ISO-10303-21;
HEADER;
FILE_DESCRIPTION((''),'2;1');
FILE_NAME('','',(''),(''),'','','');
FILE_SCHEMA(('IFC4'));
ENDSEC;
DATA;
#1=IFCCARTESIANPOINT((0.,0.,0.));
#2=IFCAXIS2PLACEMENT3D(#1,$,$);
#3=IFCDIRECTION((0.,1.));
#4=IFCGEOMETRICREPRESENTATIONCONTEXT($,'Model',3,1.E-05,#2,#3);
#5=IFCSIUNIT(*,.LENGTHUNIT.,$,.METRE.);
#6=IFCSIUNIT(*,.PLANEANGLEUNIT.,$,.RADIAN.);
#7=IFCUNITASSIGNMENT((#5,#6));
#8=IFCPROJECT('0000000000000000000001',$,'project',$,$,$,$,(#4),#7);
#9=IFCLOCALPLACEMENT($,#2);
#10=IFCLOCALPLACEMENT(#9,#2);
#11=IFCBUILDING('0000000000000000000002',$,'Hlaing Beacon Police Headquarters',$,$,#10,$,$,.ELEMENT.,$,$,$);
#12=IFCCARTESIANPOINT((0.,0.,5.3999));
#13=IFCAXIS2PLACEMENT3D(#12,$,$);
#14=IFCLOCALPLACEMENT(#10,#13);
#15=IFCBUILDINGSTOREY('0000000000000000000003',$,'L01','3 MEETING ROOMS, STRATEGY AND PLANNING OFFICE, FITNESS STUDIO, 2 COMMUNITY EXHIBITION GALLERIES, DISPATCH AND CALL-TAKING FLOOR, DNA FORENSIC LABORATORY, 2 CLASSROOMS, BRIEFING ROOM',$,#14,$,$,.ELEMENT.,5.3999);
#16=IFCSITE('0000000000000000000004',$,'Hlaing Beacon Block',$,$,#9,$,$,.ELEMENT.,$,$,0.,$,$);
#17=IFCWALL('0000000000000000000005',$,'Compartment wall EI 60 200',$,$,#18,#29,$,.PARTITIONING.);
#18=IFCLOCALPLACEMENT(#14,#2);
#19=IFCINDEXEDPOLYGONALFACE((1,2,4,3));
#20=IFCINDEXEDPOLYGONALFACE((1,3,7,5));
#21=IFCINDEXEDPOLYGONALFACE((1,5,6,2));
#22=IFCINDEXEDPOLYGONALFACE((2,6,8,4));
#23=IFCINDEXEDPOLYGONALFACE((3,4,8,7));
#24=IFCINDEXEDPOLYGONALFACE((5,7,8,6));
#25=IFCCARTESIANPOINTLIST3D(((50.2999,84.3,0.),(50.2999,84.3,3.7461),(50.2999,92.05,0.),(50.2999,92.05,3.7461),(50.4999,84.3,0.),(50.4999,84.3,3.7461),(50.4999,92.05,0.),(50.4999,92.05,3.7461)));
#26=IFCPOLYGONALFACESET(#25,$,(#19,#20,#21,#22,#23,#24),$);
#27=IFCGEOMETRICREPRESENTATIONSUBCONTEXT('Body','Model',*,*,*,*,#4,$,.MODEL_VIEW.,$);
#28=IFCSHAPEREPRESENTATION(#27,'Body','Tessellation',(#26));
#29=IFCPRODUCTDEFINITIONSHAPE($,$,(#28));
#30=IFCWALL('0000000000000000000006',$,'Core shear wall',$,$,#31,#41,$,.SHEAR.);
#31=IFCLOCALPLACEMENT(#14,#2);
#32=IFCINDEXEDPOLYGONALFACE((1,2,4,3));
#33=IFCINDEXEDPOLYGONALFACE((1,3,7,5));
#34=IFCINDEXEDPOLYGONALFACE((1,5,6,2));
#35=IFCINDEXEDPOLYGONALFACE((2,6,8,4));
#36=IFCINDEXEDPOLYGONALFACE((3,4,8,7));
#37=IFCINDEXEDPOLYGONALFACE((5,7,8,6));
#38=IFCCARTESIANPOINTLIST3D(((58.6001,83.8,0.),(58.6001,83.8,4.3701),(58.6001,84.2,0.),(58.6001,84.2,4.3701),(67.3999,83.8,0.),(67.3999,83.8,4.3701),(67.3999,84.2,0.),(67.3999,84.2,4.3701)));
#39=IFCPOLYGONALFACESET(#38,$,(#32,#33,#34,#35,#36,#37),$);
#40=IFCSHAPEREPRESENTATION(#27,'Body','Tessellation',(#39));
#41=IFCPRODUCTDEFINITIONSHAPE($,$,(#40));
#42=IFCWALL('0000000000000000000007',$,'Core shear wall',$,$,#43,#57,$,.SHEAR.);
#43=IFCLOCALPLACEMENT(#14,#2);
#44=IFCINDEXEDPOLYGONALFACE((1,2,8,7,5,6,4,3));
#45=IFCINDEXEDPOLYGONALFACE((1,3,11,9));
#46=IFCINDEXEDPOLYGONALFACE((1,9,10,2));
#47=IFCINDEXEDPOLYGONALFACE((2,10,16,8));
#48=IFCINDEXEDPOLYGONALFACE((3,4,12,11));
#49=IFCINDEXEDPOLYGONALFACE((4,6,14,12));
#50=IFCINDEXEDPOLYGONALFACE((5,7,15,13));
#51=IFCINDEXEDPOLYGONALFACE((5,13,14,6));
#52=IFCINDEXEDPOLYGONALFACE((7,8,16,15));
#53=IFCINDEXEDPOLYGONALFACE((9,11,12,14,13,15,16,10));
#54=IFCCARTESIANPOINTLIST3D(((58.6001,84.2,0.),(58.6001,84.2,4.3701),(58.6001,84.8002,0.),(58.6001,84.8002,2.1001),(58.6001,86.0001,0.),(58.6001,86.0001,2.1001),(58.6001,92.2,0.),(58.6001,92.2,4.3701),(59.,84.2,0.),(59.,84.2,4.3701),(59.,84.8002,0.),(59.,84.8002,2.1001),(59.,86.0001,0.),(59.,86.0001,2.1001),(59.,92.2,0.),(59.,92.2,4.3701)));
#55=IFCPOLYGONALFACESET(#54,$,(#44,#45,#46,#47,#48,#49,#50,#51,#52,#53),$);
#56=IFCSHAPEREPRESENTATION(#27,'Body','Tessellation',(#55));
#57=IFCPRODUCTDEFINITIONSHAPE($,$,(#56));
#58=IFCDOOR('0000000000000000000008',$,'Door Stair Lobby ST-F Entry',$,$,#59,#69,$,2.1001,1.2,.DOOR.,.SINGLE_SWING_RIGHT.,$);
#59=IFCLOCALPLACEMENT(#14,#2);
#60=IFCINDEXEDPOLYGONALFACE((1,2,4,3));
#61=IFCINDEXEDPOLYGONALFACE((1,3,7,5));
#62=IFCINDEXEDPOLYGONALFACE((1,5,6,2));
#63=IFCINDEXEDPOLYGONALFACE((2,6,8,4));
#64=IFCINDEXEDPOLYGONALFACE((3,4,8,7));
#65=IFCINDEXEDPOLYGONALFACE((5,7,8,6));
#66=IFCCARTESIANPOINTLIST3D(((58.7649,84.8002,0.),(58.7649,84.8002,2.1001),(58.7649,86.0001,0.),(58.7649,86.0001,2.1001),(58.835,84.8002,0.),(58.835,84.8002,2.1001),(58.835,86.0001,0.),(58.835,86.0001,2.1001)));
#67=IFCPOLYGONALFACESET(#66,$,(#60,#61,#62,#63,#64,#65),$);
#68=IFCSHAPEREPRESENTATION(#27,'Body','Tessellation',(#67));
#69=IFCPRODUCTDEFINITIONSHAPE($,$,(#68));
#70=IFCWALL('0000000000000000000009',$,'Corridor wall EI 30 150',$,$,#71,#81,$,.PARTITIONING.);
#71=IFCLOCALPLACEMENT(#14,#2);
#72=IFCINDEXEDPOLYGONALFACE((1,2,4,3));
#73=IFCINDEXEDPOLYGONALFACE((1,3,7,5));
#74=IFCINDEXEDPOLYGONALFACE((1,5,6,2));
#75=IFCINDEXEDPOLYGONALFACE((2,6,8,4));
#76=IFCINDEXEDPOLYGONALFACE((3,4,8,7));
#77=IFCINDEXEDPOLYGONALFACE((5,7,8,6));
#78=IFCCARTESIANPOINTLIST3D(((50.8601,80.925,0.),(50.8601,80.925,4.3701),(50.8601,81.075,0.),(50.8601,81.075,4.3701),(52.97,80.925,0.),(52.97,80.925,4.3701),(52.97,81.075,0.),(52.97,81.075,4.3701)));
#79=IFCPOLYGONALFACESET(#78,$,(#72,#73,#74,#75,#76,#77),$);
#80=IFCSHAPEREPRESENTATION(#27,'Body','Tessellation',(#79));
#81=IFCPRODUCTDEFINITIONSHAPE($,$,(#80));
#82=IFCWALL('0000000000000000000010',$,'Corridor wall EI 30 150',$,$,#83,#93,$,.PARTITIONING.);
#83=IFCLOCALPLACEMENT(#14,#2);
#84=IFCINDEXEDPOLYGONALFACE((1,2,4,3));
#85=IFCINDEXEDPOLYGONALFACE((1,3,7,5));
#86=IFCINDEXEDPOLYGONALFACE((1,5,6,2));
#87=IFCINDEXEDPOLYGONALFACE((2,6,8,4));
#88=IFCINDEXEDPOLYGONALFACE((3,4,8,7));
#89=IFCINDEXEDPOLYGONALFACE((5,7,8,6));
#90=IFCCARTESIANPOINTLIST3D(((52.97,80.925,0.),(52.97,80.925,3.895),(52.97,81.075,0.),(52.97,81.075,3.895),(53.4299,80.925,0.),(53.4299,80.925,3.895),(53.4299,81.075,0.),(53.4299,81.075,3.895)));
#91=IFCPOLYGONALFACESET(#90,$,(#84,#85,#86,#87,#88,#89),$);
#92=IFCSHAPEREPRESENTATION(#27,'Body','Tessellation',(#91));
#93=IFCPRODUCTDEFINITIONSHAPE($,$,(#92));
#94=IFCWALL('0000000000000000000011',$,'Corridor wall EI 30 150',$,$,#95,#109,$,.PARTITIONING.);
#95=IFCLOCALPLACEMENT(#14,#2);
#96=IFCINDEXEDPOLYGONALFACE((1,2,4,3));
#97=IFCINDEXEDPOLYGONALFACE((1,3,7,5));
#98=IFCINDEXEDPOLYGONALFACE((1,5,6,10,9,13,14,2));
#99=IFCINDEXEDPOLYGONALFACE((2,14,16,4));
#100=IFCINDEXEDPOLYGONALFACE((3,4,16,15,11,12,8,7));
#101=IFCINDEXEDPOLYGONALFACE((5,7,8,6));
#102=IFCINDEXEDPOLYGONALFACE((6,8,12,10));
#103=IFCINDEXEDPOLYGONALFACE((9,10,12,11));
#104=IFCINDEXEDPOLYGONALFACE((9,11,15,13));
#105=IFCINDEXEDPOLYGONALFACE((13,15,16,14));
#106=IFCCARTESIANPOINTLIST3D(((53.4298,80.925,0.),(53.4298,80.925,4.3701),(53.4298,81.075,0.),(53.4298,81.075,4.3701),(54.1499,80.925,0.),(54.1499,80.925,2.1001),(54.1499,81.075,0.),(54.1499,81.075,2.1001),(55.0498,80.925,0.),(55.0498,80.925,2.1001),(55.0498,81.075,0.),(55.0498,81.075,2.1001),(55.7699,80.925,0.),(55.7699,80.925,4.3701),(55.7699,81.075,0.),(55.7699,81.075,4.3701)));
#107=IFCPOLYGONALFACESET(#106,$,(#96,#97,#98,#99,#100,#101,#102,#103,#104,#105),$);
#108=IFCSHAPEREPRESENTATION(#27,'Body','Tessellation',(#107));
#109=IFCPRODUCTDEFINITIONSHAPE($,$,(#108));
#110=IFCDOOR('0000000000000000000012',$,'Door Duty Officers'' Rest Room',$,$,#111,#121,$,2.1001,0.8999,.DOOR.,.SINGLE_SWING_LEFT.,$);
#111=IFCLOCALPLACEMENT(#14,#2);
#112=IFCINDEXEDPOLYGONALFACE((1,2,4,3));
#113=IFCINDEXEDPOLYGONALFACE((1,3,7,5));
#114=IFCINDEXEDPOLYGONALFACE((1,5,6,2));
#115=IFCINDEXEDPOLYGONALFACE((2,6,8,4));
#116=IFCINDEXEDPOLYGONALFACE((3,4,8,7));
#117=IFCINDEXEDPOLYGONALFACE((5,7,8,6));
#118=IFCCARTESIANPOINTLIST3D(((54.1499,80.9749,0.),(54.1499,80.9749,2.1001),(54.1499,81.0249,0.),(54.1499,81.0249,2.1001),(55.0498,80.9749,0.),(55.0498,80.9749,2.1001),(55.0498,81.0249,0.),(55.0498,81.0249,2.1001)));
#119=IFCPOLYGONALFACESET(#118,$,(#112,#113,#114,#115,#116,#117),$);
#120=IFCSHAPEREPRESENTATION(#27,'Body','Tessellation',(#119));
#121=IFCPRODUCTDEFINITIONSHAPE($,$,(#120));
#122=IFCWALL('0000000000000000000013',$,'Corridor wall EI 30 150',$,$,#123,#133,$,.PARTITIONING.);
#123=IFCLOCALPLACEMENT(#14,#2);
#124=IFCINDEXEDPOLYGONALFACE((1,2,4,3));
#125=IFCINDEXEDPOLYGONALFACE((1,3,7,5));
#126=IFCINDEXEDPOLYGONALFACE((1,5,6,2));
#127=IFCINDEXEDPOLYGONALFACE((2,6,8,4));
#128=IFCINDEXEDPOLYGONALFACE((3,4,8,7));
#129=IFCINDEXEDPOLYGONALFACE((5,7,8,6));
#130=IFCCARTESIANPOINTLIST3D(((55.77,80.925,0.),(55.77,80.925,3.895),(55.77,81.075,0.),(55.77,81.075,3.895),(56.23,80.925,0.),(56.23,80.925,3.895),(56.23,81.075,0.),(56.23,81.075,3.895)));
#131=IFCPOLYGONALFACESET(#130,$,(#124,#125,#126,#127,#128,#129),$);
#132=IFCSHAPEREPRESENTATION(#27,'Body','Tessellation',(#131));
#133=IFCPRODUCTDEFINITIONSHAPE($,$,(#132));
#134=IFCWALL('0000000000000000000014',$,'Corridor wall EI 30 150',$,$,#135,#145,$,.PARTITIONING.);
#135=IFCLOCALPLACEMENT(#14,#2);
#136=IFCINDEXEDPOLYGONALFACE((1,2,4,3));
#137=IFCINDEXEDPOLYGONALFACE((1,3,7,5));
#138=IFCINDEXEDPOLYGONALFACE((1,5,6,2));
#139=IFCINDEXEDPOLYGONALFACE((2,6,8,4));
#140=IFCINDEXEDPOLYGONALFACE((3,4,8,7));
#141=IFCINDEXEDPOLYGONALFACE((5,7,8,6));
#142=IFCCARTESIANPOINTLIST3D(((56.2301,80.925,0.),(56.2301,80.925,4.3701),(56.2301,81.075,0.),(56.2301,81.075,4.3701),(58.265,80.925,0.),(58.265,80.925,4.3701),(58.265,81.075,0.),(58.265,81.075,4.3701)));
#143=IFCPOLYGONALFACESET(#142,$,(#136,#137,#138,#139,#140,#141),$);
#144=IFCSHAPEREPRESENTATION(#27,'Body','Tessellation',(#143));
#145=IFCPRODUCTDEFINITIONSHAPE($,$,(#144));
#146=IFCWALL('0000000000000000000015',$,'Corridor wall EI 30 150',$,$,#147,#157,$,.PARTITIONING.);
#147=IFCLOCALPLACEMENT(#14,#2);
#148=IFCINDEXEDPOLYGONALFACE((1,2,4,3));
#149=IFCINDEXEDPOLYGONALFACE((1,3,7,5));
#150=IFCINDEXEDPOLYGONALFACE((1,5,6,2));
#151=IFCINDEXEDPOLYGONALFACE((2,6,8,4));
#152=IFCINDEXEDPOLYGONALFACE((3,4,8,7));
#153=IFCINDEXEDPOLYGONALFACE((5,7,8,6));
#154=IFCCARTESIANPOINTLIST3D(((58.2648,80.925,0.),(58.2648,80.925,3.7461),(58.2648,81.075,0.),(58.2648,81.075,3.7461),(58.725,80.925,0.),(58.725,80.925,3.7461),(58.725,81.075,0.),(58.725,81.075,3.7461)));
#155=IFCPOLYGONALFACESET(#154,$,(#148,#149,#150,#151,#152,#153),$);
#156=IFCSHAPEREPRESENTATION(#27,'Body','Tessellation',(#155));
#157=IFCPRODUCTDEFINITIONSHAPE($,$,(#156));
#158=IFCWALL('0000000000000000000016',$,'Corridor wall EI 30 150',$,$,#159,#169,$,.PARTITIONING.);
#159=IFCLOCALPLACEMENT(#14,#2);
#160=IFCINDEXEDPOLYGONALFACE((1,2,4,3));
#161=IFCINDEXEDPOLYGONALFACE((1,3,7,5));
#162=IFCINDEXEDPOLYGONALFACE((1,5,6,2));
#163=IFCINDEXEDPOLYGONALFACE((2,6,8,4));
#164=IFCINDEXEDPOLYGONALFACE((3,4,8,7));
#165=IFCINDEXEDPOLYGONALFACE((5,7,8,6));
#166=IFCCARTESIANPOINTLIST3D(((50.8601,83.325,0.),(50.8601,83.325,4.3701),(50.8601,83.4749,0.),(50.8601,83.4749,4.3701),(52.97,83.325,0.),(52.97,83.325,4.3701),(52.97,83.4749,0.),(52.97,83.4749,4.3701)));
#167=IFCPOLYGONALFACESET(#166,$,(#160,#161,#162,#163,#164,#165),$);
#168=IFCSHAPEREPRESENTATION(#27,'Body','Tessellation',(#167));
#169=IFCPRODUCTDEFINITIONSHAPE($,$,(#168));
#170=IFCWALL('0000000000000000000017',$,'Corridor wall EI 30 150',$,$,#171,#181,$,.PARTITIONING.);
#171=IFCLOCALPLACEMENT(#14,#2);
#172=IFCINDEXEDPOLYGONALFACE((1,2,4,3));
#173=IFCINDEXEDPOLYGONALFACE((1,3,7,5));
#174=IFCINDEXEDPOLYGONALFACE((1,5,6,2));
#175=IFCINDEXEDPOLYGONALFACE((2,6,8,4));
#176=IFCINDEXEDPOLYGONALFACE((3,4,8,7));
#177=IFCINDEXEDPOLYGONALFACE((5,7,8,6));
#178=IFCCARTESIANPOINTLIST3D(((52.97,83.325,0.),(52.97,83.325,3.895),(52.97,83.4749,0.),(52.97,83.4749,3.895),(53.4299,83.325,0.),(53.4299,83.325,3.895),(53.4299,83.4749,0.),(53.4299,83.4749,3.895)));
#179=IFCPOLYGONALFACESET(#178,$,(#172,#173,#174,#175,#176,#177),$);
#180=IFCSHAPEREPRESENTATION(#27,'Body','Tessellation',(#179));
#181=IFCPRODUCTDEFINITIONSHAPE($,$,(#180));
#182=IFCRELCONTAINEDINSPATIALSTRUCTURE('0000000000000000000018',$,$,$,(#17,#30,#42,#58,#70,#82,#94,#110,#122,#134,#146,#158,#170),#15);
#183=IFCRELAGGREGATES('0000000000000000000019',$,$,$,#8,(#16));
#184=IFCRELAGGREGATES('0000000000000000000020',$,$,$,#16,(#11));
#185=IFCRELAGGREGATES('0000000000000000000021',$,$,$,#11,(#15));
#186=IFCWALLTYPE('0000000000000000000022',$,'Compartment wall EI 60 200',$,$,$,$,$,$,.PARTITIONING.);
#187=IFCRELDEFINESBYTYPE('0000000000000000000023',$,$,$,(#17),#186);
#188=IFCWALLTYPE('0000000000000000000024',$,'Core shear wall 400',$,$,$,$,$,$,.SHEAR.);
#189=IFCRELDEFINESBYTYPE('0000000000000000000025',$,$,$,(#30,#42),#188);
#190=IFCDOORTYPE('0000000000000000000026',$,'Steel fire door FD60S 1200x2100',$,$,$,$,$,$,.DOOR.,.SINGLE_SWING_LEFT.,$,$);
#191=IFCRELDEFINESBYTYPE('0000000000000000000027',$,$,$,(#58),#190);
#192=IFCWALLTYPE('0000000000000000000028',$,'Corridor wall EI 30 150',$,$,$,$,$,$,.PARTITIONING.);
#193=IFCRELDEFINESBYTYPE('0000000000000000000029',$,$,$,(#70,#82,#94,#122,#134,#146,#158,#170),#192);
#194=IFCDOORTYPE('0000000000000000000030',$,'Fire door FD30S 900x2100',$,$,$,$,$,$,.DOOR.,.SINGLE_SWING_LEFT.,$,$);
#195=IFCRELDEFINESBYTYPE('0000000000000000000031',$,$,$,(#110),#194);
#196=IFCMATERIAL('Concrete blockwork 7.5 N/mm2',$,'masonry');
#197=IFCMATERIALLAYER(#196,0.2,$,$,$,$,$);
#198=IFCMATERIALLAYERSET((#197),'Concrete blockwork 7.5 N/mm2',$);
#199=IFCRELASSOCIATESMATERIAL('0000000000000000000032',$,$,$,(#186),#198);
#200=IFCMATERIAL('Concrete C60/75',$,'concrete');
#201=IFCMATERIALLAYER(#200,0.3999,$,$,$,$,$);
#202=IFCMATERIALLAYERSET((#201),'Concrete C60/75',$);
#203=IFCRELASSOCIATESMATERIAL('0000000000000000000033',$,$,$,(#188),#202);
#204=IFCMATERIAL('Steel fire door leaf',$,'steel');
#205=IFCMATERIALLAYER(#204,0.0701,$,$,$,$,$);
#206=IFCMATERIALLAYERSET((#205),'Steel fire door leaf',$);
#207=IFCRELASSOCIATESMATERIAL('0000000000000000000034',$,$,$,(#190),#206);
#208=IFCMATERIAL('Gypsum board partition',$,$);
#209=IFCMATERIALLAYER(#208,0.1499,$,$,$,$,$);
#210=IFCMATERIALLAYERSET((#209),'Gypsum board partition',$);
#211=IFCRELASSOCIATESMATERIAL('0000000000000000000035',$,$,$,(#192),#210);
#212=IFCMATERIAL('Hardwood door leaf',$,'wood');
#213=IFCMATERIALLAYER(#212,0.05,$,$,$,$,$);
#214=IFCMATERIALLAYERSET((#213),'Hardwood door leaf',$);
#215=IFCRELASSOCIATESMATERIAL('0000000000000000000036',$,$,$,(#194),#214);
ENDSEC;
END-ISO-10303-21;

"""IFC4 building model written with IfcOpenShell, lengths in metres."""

from ifc_helpers import new_model, si_unit, direction, frame, frame_2d, origin, place, context, subcontext, project, spatial, rectangle, extrude, material, layer, layer_set, type_object, element, fill, save


model = new_model("IFC4")

# Units and contexts
model_context = context("Model", 3, precision=1e-05, world=origin(), true_north=direction((0.0, 1.0)))
body_context = subcontext(model_context, "Body", "Model", "MODEL_VIEW")
ifc_project = project(units=[si_unit("LENGTHUNIT", "METRE"), si_unit("PLANEANGLEUNIT", "RADIAN")], contexts=[model_context])

# Site, building, storey
site_placement = place(None, origin())
site = spatial("IfcSite", under=ifc_project, at=site_placement, Name="Hlaing Beacon Block", CompositionType="ELEMENT", RefElevation=0.0)
building_placement = place(site_placement, origin())
building = spatial("IfcBuilding", under=site, at=building_placement, Name="Hlaing Beacon Police Headquarters", CompositionType="ELEMENT")
storey_placement = place(building_placement, frame((0.0, 0.0, 5.3999)))
storey = spatial("IfcBuildingStorey", under=building, at=storey_placement, Name="L01", Description="3 MEETING ROOMS, STRATEGY AND PLANNING OFFICE, FITNESS STUDIO, 2 COMMUNITY EXHIBITION GALLERIES, DISPATCH AND CALL-TAKING FLOOR, DNA FORENSIC LABORATORY, 2 CLASSROOMS, BRIEFING ROOM", CompositionType="ELEMENT", Elevation=5.3999)

# Walls
ifc_material_1 = material(Name="Concrete blockwork 7.5 N/mm2", Category="masonry")
ifc_layer_1 = layer(ifc_material_1, 0.2)
ifc_layer_set_1 = layer_set([ifc_layer_1], Name="Concrete blockwork 7.5 N/mm2")
wall_type_1 = type_object("IfcWallType", Name="Compartment wall EI 60 200", PredefinedType="PARTITIONING", material=ifc_layer_set_1)
wall_1_placement = place(storey_placement, frame((50.3999, 84.3, 0.0), z_axis=(0.0, 0.0, 1.0), x_axis=(0.0, 1.0, 0.0)))
element("IfcWall", 1, at=wall_1_placement, inside=storey, type_object=wall_type_1, Name="Compartment wall EI 60 200", PredefinedType="PARTITIONING", context=body_context, shape_type="SweptSolid", body=[
    extrude(rectangle(XDim=7.75, YDim=0.2, at=frame_2d((3.875, 0.0))), origin(), (0.0, 0.0, 1.0), 3.7461),
])
ifc_material_2 = material(Name="Concrete C60/75", Category="concrete")
ifc_layer_2 = layer(ifc_material_2, 0.3999)
ifc_layer_set_2 = layer_set([ifc_layer_2], Name="Concrete C60/75")
wall_type_2 = type_object("IfcWallType", Name="Core shear wall 400", PredefinedType="SHEAR", material=ifc_layer_set_2)
wall_2_placement = place(storey_placement, frame((58.6001, 84.0, 0.0), z_axis=(0.0, 0.0, 1.0), x_axis=(1.0, 0.0, 0.0)))
element("IfcWall", 2, at=wall_2_placement, inside=storey, type_object=wall_type_2, Name="Core shear wall", PredefinedType="SHEAR", context=body_context, shape_type="SweptSolid", body=[
    extrude(rectangle(XDim=8.7998, YDim=0.3999, at=frame_2d((4.3999, 0.0))), origin(), (0.0, 0.0, 1.0), 4.3701),
])

# Wall, opening, door
wall_3_placement = place(storey_placement, frame((58.8, 84.2, 0.0), z_axis=(0.0, 0.0, 1.0), x_axis=(0.0, 1.0, 0.0)))
wall_3 = element("IfcWall", 3, at=wall_3_placement, inside=storey, type_object=wall_type_2, Name="Core shear wall", PredefinedType="SHEAR", context=body_context, shape_type="SweptSolid", body=[
    extrude(rectangle(XDim=8.0, YDim=0.3999, at=frame_2d((4.0, 0.0))), origin(), (0.0, 0.0, 1.0), 4.3701),
])
opening_1_placement = place(wall_3_placement, frame((0.6001, 0.0, 0.0)))
opening_1 = element("IfcOpeningElement", 4, at=opening_1_placement, cuts=wall_3, PredefinedType="OPENING", context=body_context, shape_type="SweptSolid", body=[
    extrude(rectangle(XDim=1.2, YDim=2.1001, at=frame_2d((0.6001, 1.05))), frame((0.0, 0.21, 0.0), z_axis=(0.0, -1.0, 0.0), x_axis=(1.0, 0.0, 0.0)), (0.0, 0.0, 1.0), 0.4199),
])
ifc_material_3 = material(Name="Steel fire door leaf", Category="steel")
ifc_layer_3 = layer(ifc_material_3, 0.0701)
ifc_layer_set_3 = layer_set([ifc_layer_3], Name="Steel fire door leaf")
door_type_1 = type_object("IfcDoorType", Name="Steel fire door FD60S 1200x2100", OperationType="SINGLE_SWING_LEFT", PredefinedType="DOOR", material=ifc_layer_set_3)
door_1_placement = place(opening_1_placement, frame((1.2, 0.0, 0.0), z_axis=(0.0, 0.0, 1.0), x_axis=(-1.0, 0.0, 0.0)))
door_1 = element("IfcDoor", 5, at=door_1_placement, inside=storey, type_object=door_type_1, Name="Door Stair Lobby ST-F Entry", OperationType="SINGLE_SWING_RIGHT", OverallHeight=2.1001, OverallWidth=1.2, PredefinedType="DOOR", context=body_context, shape_type="SweptSolid", body=[
    extrude(rectangle(XDim=1.2, YDim=2.1001, at=frame_2d((0.5999, 1.05))), frame((0.0, 0.0349, 0.0), z_axis=(0.0, -1.0, 0.0), x_axis=(1.0, 0.0, 0.0)), (0.0, 0.0, 1.0), 0.0701),
])
fill(opening_1, door_1)
ifc_material_4 = material(Name="Gypsum board partition")
ifc_layer_4 = layer(ifc_material_4, 0.1499)
ifc_layer_set_4 = layer_set([ifc_layer_4], Name="Gypsum board partition")
wall_type_3 = type_object("IfcWallType", Name="Corridor wall EI 30 150", PredefinedType="PARTITIONING", material=ifc_layer_set_4)

# Walls
wall_4_placement = place(storey_placement, frame((50.8601, 81.0, 0.0), z_axis=(0.0, 0.0, 1.0), x_axis=(1.0, 0.0, 0.0)))
element("IfcWall", 6, at=wall_4_placement, inside=storey, type_object=wall_type_3, Name="Corridor wall EI 30 150", PredefinedType="PARTITIONING", context=body_context, shape_type="SweptSolid", body=[
    extrude(rectangle(XDim=2.1099, YDim=0.1499, at=frame_2d((1.0549, 0.0))), origin(), (0.0, 0.0, 1.0), 4.3701),
])
wall_5_placement = place(storey_placement, frame((52.97, 81.0, 0.0), z_axis=(0.0, 0.0, 1.0), x_axis=(1.0, 0.0, 0.0)))
element("IfcWall", 7, at=wall_5_placement, inside=storey, type_object=wall_type_3, Name="Corridor wall EI 30 150", PredefinedType="PARTITIONING", context=body_context, shape_type="SweptSolid", body=[
    extrude(rectangle(XDim=0.46, YDim=0.1499, at=frame_2d((0.23, 0.0))), origin(), (0.0, 0.0, 1.0), 3.895),
])

# Wall, opening, door
wall_6_placement = place(storey_placement, frame((53.4299, 81.0, 0.0), z_axis=(0.0, 0.0, 1.0), x_axis=(1.0, 0.0, 0.0)))
wall_6 = element("IfcWall", 8, at=wall_6_placement, inside=storey, type_object=wall_type_3, Name="Corridor wall EI 30 150", PredefinedType="PARTITIONING", context=body_context, shape_type="SweptSolid", body=[
    extrude(rectangle(XDim=2.3401, YDim=0.1499, at=frame_2d((1.1699, 0.0))), origin(), (0.0, 0.0, 1.0), 4.3701),
])
opening_2_placement = place(wall_6_placement, frame((0.72, 0.0, 0.0)))
opening_2 = element("IfcOpeningElement", 9, at=opening_2_placement, cuts=wall_6, PredefinedType="OPENING", context=body_context, shape_type="SweptSolid", body=[
    extrude(rectangle(XDim=0.8999, YDim=2.1001, at=frame_2d((0.45, 1.05))), frame((0.0, 0.085, 0.0), z_axis=(0.0, -1.0, 0.0), x_axis=(1.0, 0.0, 0.0)), (0.0, 0.0, 1.0), 0.1699),
])
ifc_material_5 = material(Name="Hardwood door leaf", Category="wood")
ifc_layer_5 = layer(ifc_material_5, 0.05)
ifc_layer_set_5 = layer_set([ifc_layer_5], Name="Hardwood door leaf")
door_type_2 = type_object("IfcDoorType", Name="Fire door FD30S 900x2100", OperationType="SINGLE_SWING_LEFT", PredefinedType="DOOR", material=ifc_layer_set_5)
door_2_placement = place(opening_2_placement, frame((0.8999, 0.0, 0.0), z_axis=(0.0, 0.0, 1.0), x_axis=(-1.0, 0.0, 0.0)))
door_2 = element("IfcDoor", 10, at=door_2_placement, inside=storey, type_object=door_type_2, Name="Door Duty Officers' Rest Room", OperationType="SINGLE_SWING_LEFT", OverallHeight=2.1001, OverallWidth=0.8999, PredefinedType="DOOR", context=body_context, shape_type="SweptSolid", body=[
    extrude(rectangle(XDim=0.8999, YDim=2.1001, at=frame_2d((0.45, 1.05))), frame((0.0, 0.0251, 0.0), z_axis=(0.0, -1.0, 0.0), x_axis=(1.0, 0.0, 0.0)), (0.0, 0.0, 1.0), 0.05),
])
fill(opening_2, door_2)

# Walls
wall_7_placement = place(storey_placement, frame((55.77, 81.0, 0.0), z_axis=(0.0, 0.0, 1.0), x_axis=(1.0, 0.0, 0.0)))
element("IfcWall", 11, at=wall_7_placement, inside=storey, type_object=wall_type_3, Name="Corridor wall EI 30 150", PredefinedType="PARTITIONING", context=body_context, shape_type="SweptSolid", body=[
    extrude(rectangle(XDim=0.46, YDim=0.1499, at=frame_2d((0.23, 0.0))), origin(), (0.0, 0.0, 1.0), 3.895),
])
wall_8_placement = place(storey_placement, frame((56.23, 81.0, 0.0), z_axis=(0.0, 0.0, 1.0), x_axis=(1.0, 0.0, 0.0)))
element("IfcWall", 12, at=wall_8_placement, inside=storey, type_object=wall_type_3, Name="Corridor wall EI 30 150", PredefinedType="PARTITIONING", context=body_context, shape_type="SweptSolid", body=[
    extrude(rectangle(XDim=2.0349, YDim=0.1499, at=frame_2d((1.0176, 0.0))), origin(), (0.0, 0.0, 1.0), 4.3701),
])
wall_9_placement = place(storey_placement, frame((58.2649, 81.0, 0.0), z_axis=(0.0, 0.0, 1.0), x_axis=(1.0, 0.0, 0.0)))
element("IfcWall", 13, at=wall_9_placement, inside=storey, type_object=wall_type_3, Name="Corridor wall EI 30 150", PredefinedType="PARTITIONING", context=body_context, shape_type="SweptSolid", body=[
    extrude(rectangle(XDim=0.4602, YDim=0.1499, at=frame_2d((0.23, 0.0))), origin(), (0.0, 0.0, 1.0), 3.7461),
])
wall_10_placement = place(storey_placement, frame((50.8601, 83.3999, 0.0), z_axis=(0.0, 0.0, 1.0), x_axis=(1.0, 0.0, 0.0)))
element("IfcWall", 14, at=wall_10_placement, inside=storey, type_object=wall_type_3, Name="Corridor wall EI 30 150", PredefinedType="PARTITIONING", context=body_context, shape_type="SweptSolid", body=[
    extrude(rectangle(XDim=2.1099, YDim=0.1499, at=frame_2d((1.0549, 0.0))), origin(), (0.0, 0.0, 1.0), 4.3701),
])
wall_11_placement = place(storey_placement, frame((52.97, 83.3999, 0.0), z_axis=(0.0, 0.0, 1.0), x_axis=(1.0, 0.0, 0.0)))
element("IfcWall", 15, at=wall_11_placement, inside=storey, type_object=wall_type_3, Name="Corridor wall EI 30 150", PredefinedType="PARTITIONING", context=body_context, shape_type="SweptSolid", body=[
    extrude(rectangle(XDim=0.46, YDim=0.1499, at=frame_2d((0.23, 0.0))), origin(), (0.0, 0.0, 1.0), 3.895),
])

save(model, "model.ifc")
